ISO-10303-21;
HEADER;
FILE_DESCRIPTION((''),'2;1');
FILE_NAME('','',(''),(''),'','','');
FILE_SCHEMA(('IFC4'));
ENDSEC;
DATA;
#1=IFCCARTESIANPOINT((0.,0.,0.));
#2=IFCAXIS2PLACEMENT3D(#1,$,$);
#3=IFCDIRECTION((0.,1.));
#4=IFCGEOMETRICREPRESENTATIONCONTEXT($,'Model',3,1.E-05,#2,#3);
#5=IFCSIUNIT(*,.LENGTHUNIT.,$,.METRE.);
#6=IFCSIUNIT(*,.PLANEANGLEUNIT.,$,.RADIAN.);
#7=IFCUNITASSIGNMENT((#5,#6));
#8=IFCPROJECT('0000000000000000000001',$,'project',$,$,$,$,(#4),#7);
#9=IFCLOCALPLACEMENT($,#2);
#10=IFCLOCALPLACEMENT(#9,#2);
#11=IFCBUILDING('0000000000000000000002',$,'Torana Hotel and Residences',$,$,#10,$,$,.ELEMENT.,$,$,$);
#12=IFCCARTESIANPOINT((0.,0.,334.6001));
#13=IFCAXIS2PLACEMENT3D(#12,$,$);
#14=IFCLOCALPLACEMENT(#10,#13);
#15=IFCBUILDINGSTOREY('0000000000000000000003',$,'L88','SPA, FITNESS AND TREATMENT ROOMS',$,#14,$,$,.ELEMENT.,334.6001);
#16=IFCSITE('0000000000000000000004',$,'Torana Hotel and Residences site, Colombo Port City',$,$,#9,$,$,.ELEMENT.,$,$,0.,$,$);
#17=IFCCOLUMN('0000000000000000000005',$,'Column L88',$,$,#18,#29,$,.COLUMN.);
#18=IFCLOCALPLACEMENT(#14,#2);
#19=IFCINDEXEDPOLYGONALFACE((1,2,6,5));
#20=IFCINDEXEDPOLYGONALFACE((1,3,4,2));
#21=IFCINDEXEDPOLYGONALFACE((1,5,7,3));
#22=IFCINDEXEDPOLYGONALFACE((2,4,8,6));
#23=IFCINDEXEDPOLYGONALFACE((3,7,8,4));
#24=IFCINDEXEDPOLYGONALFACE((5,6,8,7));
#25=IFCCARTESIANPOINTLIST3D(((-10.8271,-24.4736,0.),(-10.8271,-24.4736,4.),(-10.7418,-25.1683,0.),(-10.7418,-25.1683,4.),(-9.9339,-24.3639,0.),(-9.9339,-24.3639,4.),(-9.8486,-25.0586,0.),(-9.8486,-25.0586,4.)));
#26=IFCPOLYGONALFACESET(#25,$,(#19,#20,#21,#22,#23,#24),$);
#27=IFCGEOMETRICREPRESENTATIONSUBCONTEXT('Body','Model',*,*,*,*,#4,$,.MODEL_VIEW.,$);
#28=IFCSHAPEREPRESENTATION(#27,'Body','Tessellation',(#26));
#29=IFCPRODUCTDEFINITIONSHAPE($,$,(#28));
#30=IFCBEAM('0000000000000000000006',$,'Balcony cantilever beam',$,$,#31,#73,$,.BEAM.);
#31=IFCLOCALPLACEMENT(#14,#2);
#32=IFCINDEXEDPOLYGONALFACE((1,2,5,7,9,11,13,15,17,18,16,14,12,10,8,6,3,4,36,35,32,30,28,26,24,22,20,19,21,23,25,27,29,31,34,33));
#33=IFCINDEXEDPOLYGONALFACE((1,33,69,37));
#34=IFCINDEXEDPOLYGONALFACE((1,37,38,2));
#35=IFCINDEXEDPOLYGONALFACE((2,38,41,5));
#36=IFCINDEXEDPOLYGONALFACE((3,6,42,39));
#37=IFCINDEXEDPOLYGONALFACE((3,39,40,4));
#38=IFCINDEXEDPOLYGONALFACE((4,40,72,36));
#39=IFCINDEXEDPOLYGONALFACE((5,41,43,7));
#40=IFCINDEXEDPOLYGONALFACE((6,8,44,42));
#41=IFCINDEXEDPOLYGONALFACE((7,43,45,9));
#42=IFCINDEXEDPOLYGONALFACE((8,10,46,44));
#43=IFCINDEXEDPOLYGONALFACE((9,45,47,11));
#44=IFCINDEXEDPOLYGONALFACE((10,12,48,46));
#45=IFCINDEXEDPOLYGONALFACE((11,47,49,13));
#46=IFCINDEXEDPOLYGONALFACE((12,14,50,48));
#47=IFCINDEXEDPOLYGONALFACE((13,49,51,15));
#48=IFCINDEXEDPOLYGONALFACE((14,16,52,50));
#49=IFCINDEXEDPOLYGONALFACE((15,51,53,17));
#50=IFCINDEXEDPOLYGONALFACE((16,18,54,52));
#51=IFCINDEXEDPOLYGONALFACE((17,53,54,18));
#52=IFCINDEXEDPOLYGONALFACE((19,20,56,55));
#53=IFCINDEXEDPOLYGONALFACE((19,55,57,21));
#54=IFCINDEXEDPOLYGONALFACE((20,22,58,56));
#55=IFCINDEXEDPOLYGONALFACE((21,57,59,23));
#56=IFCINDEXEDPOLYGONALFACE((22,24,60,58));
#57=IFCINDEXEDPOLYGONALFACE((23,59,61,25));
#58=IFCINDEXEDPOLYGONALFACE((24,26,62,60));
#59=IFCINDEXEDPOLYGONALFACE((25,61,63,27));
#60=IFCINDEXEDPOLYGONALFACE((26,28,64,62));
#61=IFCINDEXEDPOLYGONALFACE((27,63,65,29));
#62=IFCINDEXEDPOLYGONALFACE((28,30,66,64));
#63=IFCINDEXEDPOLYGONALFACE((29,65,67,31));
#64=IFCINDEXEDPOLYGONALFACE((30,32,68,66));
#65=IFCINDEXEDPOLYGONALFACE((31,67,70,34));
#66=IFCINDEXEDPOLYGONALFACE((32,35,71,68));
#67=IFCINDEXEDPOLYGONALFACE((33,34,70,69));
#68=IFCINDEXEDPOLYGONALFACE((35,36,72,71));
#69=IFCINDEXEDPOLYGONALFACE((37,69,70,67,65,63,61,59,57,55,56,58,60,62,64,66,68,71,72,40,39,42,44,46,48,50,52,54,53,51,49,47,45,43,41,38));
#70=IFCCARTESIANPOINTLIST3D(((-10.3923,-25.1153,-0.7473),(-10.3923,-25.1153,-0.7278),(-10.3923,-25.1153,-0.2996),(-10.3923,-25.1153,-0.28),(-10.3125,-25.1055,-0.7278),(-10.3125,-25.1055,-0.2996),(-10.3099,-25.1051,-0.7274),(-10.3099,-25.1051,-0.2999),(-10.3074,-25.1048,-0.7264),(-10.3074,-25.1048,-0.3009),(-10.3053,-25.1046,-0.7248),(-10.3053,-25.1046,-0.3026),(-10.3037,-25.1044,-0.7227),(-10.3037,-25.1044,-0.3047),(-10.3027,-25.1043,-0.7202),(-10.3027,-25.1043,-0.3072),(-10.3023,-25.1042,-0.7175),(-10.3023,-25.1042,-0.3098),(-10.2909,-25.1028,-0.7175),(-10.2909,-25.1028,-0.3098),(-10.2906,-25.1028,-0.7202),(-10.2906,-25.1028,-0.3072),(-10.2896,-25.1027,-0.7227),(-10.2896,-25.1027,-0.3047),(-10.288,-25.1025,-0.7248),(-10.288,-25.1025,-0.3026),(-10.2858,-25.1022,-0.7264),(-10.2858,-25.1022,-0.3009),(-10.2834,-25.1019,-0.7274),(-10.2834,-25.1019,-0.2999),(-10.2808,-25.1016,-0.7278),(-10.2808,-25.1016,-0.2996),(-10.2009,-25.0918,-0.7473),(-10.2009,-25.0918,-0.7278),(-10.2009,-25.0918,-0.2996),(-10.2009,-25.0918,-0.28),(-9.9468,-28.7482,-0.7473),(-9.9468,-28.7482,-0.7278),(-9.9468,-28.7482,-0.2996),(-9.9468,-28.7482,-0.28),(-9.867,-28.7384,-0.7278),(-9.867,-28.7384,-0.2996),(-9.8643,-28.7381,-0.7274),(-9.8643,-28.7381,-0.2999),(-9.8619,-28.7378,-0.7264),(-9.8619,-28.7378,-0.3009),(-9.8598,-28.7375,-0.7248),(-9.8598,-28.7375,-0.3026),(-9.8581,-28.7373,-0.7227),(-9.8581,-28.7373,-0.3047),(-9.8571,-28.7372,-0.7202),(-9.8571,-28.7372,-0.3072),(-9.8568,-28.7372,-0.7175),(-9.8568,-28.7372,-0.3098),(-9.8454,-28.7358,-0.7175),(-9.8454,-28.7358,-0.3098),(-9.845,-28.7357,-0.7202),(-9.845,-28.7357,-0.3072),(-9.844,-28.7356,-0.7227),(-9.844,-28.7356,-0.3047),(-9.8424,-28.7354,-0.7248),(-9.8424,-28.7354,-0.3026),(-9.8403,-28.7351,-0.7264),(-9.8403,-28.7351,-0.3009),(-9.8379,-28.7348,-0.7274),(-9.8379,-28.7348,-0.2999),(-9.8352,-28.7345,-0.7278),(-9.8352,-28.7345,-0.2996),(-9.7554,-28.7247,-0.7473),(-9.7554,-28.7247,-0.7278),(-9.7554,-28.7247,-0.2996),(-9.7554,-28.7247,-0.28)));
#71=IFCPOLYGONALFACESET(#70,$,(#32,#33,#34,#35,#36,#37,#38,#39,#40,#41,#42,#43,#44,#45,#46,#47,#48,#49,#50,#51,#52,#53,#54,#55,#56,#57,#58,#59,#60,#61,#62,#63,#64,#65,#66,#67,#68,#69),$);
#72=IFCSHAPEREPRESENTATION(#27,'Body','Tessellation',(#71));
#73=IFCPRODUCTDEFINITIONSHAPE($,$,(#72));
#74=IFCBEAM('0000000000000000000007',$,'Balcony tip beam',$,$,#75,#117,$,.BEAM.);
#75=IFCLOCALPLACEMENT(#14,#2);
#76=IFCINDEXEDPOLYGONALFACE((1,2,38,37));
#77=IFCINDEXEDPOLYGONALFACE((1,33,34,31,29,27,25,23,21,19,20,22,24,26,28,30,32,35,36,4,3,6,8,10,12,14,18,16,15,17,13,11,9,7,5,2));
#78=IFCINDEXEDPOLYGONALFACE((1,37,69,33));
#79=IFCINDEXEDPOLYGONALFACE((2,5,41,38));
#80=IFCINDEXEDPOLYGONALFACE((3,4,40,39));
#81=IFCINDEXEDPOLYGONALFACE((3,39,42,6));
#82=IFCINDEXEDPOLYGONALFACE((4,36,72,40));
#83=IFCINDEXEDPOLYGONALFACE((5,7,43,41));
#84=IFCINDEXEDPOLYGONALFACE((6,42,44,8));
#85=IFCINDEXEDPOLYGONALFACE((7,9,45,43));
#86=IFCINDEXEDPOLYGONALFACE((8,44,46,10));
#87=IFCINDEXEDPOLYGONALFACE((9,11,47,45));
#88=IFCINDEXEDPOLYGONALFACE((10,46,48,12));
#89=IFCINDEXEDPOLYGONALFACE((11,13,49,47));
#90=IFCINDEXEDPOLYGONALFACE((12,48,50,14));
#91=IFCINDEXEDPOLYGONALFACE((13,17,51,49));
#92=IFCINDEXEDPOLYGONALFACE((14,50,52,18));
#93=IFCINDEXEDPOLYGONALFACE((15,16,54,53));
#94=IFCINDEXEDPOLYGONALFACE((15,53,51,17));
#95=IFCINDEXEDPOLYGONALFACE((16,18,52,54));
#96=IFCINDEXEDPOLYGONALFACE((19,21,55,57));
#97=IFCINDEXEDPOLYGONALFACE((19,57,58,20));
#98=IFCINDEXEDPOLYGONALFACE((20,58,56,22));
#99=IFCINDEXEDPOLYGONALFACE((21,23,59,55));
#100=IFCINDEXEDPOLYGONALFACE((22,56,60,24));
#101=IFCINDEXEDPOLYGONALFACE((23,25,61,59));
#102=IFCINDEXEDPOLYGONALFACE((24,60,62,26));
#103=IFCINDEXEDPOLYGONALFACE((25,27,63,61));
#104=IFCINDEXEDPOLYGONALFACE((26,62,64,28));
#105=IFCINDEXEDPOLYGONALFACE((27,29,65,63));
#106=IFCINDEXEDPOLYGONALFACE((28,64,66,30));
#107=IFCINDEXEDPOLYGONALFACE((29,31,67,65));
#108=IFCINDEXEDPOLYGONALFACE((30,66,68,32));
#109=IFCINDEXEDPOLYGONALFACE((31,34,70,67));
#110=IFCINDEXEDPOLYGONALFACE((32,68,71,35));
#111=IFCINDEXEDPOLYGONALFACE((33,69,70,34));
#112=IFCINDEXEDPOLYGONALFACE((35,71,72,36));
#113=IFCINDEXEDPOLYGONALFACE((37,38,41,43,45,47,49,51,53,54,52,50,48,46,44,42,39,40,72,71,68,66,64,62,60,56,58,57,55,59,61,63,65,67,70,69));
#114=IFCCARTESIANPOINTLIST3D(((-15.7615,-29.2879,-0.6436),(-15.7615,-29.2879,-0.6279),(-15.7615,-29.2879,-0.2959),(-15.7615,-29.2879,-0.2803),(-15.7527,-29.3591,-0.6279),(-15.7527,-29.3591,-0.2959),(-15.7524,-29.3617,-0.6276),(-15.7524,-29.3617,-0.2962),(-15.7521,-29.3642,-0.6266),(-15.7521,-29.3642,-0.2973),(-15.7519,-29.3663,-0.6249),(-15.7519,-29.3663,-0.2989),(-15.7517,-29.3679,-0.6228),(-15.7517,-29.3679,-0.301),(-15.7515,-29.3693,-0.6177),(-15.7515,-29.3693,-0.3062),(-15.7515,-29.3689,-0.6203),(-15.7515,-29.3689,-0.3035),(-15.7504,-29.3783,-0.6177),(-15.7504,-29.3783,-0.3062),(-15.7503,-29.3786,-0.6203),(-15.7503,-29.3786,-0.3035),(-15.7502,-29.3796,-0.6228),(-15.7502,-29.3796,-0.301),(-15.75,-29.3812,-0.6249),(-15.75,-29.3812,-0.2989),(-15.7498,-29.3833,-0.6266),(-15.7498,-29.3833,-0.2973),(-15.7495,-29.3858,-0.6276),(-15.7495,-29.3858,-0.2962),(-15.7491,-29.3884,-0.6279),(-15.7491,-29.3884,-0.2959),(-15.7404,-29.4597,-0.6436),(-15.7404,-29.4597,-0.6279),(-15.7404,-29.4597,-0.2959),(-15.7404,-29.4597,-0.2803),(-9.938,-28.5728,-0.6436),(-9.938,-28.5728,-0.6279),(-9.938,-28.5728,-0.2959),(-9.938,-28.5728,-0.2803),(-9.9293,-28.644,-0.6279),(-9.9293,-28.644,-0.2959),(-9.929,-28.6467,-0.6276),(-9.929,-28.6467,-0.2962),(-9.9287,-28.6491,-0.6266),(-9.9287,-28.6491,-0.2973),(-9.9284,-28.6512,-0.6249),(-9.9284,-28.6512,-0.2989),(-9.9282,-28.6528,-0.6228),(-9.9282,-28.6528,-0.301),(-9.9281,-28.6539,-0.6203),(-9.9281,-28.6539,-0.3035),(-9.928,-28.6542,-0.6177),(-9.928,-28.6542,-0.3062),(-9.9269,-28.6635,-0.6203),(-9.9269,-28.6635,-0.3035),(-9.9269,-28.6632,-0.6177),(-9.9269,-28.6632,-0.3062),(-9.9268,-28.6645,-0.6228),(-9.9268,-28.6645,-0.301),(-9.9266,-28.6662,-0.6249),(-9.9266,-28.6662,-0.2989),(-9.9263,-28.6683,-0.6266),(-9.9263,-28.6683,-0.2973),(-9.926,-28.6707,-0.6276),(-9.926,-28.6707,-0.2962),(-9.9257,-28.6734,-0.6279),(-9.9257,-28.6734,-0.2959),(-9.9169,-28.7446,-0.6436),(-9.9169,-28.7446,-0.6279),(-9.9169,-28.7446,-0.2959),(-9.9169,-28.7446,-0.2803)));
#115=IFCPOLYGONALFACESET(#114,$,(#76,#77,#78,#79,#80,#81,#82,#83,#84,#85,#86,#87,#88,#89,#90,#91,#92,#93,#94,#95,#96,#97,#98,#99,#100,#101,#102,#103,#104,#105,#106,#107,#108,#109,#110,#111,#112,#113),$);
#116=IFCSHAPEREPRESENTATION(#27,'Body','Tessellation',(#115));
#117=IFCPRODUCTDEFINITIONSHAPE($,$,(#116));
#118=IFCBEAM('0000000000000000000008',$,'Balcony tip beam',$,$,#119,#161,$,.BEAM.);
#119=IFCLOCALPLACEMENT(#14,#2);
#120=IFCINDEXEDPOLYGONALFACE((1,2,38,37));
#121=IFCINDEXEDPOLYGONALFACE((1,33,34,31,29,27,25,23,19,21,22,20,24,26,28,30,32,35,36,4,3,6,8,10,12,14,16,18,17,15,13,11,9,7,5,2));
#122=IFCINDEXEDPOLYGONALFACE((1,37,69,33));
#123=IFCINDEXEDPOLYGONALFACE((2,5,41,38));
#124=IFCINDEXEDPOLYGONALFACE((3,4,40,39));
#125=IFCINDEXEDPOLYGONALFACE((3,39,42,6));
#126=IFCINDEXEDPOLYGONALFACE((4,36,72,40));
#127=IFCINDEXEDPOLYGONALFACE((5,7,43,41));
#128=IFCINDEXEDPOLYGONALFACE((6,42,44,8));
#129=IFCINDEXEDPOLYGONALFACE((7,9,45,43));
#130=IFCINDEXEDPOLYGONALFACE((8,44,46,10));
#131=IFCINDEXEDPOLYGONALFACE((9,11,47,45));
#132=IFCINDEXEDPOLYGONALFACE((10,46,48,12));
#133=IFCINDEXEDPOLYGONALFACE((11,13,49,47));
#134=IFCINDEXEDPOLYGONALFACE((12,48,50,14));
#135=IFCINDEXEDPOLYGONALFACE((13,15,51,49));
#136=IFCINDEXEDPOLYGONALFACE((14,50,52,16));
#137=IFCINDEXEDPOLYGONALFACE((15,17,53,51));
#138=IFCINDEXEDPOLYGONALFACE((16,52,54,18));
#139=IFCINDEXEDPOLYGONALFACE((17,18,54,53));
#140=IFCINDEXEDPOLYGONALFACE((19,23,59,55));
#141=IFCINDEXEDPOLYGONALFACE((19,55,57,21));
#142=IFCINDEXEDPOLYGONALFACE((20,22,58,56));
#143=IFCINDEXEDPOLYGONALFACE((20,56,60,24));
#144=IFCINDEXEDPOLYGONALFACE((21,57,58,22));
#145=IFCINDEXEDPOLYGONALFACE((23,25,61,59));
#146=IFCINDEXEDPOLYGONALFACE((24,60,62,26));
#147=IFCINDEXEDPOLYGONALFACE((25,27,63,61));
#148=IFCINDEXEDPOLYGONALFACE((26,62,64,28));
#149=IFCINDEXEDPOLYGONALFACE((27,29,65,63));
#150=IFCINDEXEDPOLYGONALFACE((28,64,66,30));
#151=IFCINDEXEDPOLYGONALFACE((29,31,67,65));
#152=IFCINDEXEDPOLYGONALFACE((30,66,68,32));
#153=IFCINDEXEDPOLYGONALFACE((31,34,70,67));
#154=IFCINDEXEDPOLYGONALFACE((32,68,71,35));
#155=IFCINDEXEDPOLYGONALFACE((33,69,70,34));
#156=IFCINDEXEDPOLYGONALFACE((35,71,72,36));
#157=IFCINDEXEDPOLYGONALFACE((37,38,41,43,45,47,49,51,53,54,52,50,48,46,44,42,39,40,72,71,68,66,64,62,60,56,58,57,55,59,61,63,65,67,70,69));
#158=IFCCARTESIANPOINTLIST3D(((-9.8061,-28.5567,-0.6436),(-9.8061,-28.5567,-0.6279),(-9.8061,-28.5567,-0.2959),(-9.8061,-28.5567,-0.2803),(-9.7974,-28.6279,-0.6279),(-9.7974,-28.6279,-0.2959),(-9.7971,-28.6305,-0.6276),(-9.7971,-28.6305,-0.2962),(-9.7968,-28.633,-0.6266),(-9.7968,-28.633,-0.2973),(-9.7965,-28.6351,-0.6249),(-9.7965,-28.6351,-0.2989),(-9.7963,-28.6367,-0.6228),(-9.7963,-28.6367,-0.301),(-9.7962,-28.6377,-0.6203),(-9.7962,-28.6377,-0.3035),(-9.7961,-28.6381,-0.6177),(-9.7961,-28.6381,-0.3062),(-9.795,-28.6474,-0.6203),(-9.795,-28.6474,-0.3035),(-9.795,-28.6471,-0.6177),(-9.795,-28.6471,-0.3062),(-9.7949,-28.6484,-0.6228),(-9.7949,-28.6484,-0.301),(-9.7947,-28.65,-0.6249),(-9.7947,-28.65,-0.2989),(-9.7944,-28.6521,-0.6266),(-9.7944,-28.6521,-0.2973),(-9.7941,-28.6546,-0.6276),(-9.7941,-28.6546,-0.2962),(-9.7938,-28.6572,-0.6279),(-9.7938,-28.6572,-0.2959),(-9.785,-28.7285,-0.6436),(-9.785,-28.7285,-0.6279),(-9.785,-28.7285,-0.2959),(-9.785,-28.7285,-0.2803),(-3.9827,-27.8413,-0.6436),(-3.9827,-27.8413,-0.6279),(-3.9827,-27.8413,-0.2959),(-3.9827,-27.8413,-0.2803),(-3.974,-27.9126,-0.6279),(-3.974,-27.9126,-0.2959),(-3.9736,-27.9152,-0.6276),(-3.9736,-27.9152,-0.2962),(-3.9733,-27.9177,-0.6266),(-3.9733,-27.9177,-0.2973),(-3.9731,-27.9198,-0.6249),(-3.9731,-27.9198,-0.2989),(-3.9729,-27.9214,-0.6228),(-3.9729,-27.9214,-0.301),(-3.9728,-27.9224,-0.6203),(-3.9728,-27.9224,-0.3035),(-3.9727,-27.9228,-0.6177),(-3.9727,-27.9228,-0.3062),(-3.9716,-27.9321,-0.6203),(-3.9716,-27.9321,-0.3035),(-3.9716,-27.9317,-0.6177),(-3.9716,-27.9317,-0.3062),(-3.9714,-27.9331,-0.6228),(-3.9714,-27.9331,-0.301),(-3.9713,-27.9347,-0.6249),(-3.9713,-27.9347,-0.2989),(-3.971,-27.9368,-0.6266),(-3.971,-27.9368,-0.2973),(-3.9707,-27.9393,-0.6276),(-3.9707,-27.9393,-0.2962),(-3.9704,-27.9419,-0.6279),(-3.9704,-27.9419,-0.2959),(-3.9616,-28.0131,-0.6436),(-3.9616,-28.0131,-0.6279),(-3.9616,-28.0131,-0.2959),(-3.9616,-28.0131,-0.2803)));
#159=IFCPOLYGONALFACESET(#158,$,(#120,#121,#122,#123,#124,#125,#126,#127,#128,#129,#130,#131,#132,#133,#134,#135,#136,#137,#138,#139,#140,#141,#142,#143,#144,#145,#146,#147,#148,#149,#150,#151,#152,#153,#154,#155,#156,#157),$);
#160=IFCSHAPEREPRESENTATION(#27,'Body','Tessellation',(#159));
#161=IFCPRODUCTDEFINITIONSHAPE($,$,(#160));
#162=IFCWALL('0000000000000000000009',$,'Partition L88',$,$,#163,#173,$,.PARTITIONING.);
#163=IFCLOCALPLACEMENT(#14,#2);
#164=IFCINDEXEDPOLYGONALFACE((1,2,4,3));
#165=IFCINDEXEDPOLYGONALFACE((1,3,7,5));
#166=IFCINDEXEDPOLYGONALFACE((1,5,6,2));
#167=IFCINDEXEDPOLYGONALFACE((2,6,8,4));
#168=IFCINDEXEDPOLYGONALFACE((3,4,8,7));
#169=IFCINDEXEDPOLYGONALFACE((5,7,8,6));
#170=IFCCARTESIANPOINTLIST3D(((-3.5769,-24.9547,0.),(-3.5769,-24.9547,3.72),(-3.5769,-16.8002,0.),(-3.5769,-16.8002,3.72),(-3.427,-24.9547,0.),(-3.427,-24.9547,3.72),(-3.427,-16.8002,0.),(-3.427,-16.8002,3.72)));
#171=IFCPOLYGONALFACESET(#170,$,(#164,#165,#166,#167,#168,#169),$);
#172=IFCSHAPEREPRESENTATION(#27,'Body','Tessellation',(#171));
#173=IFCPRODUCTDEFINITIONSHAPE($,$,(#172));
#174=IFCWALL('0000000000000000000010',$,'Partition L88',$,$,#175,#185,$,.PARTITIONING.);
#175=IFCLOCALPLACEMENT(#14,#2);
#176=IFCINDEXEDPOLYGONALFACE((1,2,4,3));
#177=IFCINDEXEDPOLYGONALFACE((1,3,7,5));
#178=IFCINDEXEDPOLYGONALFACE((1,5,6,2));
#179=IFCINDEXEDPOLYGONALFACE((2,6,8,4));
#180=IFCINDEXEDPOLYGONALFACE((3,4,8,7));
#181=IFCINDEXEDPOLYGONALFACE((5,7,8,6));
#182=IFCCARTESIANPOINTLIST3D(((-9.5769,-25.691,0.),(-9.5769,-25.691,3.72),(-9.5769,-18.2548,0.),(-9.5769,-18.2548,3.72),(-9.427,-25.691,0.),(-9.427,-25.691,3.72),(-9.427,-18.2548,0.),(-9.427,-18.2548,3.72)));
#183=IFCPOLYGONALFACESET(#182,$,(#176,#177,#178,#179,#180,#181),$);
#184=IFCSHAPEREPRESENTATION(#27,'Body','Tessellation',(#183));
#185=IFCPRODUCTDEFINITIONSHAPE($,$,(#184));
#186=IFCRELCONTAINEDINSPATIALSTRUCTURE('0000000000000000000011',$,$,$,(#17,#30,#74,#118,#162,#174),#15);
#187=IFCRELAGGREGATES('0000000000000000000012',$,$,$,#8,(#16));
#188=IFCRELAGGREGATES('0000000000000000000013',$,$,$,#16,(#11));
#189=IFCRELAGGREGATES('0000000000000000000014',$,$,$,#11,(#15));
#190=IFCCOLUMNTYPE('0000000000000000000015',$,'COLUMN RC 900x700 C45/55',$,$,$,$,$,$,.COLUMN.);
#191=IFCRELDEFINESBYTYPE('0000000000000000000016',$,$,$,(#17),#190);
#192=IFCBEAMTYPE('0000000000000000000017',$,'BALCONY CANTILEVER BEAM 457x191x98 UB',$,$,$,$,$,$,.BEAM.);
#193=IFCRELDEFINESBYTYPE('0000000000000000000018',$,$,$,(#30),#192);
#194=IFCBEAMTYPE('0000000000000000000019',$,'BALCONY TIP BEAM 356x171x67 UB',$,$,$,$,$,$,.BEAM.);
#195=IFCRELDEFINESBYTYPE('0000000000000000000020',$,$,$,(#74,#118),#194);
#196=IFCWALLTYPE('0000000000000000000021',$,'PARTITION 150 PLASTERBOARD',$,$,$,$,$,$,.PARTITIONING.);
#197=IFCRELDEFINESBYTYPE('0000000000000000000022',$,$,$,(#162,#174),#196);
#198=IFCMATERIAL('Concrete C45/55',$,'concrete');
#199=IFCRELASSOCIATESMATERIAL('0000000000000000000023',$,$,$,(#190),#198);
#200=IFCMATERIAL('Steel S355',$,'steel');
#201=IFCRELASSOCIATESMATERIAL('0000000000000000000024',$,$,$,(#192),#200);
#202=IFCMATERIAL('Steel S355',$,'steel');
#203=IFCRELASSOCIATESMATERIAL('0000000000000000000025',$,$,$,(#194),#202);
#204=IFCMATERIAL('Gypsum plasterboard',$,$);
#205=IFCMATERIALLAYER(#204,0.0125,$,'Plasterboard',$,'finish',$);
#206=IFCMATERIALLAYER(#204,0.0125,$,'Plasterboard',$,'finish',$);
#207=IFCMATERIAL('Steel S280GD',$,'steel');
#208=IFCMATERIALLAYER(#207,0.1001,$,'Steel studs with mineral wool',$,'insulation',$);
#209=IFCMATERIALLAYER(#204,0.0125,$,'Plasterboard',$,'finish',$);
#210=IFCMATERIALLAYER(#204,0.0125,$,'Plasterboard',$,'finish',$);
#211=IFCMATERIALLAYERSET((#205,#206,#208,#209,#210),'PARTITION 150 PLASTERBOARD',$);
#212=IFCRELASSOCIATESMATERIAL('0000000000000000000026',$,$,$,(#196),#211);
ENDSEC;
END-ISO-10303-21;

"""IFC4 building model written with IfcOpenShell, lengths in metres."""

from ifc_helpers import new_model, si_unit, direction, frame, frame_2d, origin, origin_2d, place, context, subcontext, project, spatial, rectangle, i_section, extrude, material, layer, layer_set, material_profile, profile_set, type_object, element, save


model = new_model("IFC4")

# Units and contexts
model_context = context("Model", 3, precision=1e-05, world=origin(), true_north=direction((0.0, 1.0)))
body_context = subcontext(model_context, "Body", "Model", "MODEL_VIEW")
ifc_project = project(units=[si_unit("LENGTHUNIT", "METRE"), si_unit("PLANEANGLEUNIT", "RADIAN")], contexts=[model_context])

# Site, building, storey
site_placement = place(None, origin())
site = spatial("IfcSite", under=ifc_project, at=site_placement, Name="Torana Hotel and Residences site, Colombo Port City", CompositionType="ELEMENT", RefElevation=0.0)
building_placement = place(site_placement, origin())
building = spatial("IfcBuilding", under=site, at=building_placement, Name="Torana Hotel and Residences", CompositionType="ELEMENT")
storey_placement = place(building_placement, frame((0.0, 0.0, 334.6001)))
storey = spatial("IfcBuildingStorey", under=building, at=storey_placement, Name="L88", Description="SPA, FITNESS AND TREATMENT ROOMS", CompositionType="ELEMENT", Elevation=334.6001)

# Column
ifc_material_1 = material(Name="Concrete C45/55", Category="concrete")
ifc_material_profile_1 = material_profile(ifc_material_1, rectangle(XDim=0.8999, YDim=0.7, at=origin_2d()), Name="RC 900x700")
ifc_profile_set_1 = profile_set([ifc_material_profile_1], Name="Concrete C45/55")
column_type = type_object("IfcColumnType", Name="COLUMN RC 900x700 C45/55", PredefinedType="COLUMN", material=ifc_profile_set_1)
column_placement = place(storey_placement, frame((-10.3379, -24.7661, 0.0), z_axis=(0.0, 0.0, 1.0), x_axis=(0.992546, 0.121869, 0.0)))
element("IfcColumn", 1, at=column_placement, inside=storey, type_object=column_type, Name="Column L88", PredefinedType="COLUMN", context=body_context, shape_type="SweptSolid", body=[
    extrude(rectangle(XDim=0.8999, YDim=0.7, at=origin_2d()), origin(), (0.0, 0.0, 1.0), 4.0),
])

# Beams
ifc_material_2 = material(Name="Steel S355", Category="steel")
ifc_material_profile_2 = material_profile(ifc_material_2, i_section(OverallWidth=0.1929, OverallDepth=0.4673, WebThickness=0.0115, FlangeThickness=0.0195, FilletRadius=0.0103, at=origin_2d()), Name="457x191x98 UB")
ifc_profile_set_2 = profile_set([ifc_material_profile_2], Name="Steel S355")
beam_type_1 = type_object("IfcBeamType", Name="BALCONY CANTILEVER BEAM 457x191x98 UB", PredefinedType="BEAM", material=ifc_profile_set_2)
beam_placement = place(storey_placement, frame((-10.2966, -25.1035, -0.5137), z_axis=(0.121728, -0.992564, 0.0), x_axis=(0.992564, 0.121728, 0.0)))
element("IfcBeam", 2, at=beam_placement, inside=storey, type_object=beam_type_1, Name="Balcony cantilever beam", PredefinedType="BEAM", context=body_context, shape_type="SweptSolid", body=[
    extrude(i_section(OverallWidth=0.1929, OverallDepth=0.4673, WebThickness=0.0115, FlangeThickness=0.0195, FilletRadius=0.0103, at=origin_2d()), origin(), (0.0, 0.0, 1.0), 3.6602),
])
ifc_material_3 = material(Name="Steel S355", Category="steel")
ifc_material_profile_3 = material_profile(ifc_material_3, i_section(OverallWidth=0.1731, OverallDepth=0.3633, WebThickness=0.009, FlangeThickness=0.0156, FilletRadius=0.0103, at=origin_2d()), Name="356x171x67 UB")
ifc_profile_set_3 = profile_set([ifc_material_profile_3], Name="Steel S355")
beam_type_2 = type_object("IfcBeamType", Name="BALCONY TIP BEAM 356x171x67 UB", PredefinedType="BEAM", material=ifc_profile_set_3)
for number, where, z_axis, x_axis, name in (
    (3, (-9.9275, -28.6587, -0.4619), (-0.992545, -0.121878, 0.0), (0.121878, -0.992545, 0.0), "Balcony tip beam"),
    (4, (-3.9722, -27.9272, -0.4619), (-0.99254, -0.121919, 0.0), (0.121919, -0.99254, 0.0), "Balcony tip beam"),
):
    element("IfcBeam", number, at=place(storey_placement, frame(where, z_axis=z_axis, x_axis=x_axis)), inside=storey, type_object=beam_type_2, Name=name, PredefinedType="BEAM", context=body_context, shape_type="SweptSolid", body=[
        extrude(i_section(OverallWidth=0.1731, OverallDepth=0.3633, WebThickness=0.009, FlangeThickness=0.0156, FilletRadius=0.0103, at=origin_2d()), origin(), (0.0, 0.0, 1.0), 5.8672),
    ])

# Walls
ifc_material_4 = material(Name="Gypsum plasterboard")
ifc_layer_1 = layer(ifc_material_4, 0.0125, Name="Plasterboard", Category="finish")
ifc_layer_2 = layer(ifc_material_4, 0.0125, Name="Plasterboard", Category="finish")
ifc_material_5 = material(Name="Steel S280GD", Category="steel")
ifc_layer_3 = layer(ifc_material_5, 0.1001, Name="Steel studs with mineral wool", Category="insulation")
ifc_layer_4 = layer(ifc_material_4, 0.0125, Name="Plasterboard", Category="finish")
ifc_layer_5 = layer(ifc_material_4, 0.0125, Name="Plasterboard", Category="finish")
ifc_layer_set_1 = layer_set([ifc_layer_1, ifc_layer_2, ifc_layer_3, ifc_layer_4, ifc_layer_5], Name="PARTITION 150 PLASTERBOARD")
wall_type_1 = type_object("IfcWallType", Name="PARTITION 150 PLASTERBOARD", PredefinedType="PARTITIONING", material=ifc_layer_set_1)
wall_1_placement = place(storey_placement, frame((-3.502, -24.9546, 0.0), z_axis=(0.0, 0.0, 1.0), x_axis=(0.0, 1.0, 0.0)))
element("IfcWall", 5, at=wall_1_placement, inside=storey, type_object=wall_type_1, Name="Partition L88", PredefinedType="PARTITIONING", context=body_context, shape_type="SweptSolid", body=[
    extrude(rectangle(XDim=8.1545, YDim=0.1499, at=frame_2d((4.0771, 0.0))), origin(), (0.0, 0.0, 1.0), 3.72),
])
wall_2_placement = place(storey_placement, frame((-9.502, -25.6912, 0.0), z_axis=(0.0, 0.0, 1.0), x_axis=(0.0, 1.0, 0.0)))
element("IfcWall", 6, at=wall_2_placement, inside=storey, type_object=wall_type_1, Name="Partition L88", PredefinedType="PARTITIONING", context=body_context, shape_type="SweptSolid", body=[
    extrude(rectangle(XDim=7.4363, YDim=0.1499, at=frame_2d((3.7183, 0.0))), origin(), (0.0, 0.0, 1.0), 3.72),
])

save(model, "model.ifc")
